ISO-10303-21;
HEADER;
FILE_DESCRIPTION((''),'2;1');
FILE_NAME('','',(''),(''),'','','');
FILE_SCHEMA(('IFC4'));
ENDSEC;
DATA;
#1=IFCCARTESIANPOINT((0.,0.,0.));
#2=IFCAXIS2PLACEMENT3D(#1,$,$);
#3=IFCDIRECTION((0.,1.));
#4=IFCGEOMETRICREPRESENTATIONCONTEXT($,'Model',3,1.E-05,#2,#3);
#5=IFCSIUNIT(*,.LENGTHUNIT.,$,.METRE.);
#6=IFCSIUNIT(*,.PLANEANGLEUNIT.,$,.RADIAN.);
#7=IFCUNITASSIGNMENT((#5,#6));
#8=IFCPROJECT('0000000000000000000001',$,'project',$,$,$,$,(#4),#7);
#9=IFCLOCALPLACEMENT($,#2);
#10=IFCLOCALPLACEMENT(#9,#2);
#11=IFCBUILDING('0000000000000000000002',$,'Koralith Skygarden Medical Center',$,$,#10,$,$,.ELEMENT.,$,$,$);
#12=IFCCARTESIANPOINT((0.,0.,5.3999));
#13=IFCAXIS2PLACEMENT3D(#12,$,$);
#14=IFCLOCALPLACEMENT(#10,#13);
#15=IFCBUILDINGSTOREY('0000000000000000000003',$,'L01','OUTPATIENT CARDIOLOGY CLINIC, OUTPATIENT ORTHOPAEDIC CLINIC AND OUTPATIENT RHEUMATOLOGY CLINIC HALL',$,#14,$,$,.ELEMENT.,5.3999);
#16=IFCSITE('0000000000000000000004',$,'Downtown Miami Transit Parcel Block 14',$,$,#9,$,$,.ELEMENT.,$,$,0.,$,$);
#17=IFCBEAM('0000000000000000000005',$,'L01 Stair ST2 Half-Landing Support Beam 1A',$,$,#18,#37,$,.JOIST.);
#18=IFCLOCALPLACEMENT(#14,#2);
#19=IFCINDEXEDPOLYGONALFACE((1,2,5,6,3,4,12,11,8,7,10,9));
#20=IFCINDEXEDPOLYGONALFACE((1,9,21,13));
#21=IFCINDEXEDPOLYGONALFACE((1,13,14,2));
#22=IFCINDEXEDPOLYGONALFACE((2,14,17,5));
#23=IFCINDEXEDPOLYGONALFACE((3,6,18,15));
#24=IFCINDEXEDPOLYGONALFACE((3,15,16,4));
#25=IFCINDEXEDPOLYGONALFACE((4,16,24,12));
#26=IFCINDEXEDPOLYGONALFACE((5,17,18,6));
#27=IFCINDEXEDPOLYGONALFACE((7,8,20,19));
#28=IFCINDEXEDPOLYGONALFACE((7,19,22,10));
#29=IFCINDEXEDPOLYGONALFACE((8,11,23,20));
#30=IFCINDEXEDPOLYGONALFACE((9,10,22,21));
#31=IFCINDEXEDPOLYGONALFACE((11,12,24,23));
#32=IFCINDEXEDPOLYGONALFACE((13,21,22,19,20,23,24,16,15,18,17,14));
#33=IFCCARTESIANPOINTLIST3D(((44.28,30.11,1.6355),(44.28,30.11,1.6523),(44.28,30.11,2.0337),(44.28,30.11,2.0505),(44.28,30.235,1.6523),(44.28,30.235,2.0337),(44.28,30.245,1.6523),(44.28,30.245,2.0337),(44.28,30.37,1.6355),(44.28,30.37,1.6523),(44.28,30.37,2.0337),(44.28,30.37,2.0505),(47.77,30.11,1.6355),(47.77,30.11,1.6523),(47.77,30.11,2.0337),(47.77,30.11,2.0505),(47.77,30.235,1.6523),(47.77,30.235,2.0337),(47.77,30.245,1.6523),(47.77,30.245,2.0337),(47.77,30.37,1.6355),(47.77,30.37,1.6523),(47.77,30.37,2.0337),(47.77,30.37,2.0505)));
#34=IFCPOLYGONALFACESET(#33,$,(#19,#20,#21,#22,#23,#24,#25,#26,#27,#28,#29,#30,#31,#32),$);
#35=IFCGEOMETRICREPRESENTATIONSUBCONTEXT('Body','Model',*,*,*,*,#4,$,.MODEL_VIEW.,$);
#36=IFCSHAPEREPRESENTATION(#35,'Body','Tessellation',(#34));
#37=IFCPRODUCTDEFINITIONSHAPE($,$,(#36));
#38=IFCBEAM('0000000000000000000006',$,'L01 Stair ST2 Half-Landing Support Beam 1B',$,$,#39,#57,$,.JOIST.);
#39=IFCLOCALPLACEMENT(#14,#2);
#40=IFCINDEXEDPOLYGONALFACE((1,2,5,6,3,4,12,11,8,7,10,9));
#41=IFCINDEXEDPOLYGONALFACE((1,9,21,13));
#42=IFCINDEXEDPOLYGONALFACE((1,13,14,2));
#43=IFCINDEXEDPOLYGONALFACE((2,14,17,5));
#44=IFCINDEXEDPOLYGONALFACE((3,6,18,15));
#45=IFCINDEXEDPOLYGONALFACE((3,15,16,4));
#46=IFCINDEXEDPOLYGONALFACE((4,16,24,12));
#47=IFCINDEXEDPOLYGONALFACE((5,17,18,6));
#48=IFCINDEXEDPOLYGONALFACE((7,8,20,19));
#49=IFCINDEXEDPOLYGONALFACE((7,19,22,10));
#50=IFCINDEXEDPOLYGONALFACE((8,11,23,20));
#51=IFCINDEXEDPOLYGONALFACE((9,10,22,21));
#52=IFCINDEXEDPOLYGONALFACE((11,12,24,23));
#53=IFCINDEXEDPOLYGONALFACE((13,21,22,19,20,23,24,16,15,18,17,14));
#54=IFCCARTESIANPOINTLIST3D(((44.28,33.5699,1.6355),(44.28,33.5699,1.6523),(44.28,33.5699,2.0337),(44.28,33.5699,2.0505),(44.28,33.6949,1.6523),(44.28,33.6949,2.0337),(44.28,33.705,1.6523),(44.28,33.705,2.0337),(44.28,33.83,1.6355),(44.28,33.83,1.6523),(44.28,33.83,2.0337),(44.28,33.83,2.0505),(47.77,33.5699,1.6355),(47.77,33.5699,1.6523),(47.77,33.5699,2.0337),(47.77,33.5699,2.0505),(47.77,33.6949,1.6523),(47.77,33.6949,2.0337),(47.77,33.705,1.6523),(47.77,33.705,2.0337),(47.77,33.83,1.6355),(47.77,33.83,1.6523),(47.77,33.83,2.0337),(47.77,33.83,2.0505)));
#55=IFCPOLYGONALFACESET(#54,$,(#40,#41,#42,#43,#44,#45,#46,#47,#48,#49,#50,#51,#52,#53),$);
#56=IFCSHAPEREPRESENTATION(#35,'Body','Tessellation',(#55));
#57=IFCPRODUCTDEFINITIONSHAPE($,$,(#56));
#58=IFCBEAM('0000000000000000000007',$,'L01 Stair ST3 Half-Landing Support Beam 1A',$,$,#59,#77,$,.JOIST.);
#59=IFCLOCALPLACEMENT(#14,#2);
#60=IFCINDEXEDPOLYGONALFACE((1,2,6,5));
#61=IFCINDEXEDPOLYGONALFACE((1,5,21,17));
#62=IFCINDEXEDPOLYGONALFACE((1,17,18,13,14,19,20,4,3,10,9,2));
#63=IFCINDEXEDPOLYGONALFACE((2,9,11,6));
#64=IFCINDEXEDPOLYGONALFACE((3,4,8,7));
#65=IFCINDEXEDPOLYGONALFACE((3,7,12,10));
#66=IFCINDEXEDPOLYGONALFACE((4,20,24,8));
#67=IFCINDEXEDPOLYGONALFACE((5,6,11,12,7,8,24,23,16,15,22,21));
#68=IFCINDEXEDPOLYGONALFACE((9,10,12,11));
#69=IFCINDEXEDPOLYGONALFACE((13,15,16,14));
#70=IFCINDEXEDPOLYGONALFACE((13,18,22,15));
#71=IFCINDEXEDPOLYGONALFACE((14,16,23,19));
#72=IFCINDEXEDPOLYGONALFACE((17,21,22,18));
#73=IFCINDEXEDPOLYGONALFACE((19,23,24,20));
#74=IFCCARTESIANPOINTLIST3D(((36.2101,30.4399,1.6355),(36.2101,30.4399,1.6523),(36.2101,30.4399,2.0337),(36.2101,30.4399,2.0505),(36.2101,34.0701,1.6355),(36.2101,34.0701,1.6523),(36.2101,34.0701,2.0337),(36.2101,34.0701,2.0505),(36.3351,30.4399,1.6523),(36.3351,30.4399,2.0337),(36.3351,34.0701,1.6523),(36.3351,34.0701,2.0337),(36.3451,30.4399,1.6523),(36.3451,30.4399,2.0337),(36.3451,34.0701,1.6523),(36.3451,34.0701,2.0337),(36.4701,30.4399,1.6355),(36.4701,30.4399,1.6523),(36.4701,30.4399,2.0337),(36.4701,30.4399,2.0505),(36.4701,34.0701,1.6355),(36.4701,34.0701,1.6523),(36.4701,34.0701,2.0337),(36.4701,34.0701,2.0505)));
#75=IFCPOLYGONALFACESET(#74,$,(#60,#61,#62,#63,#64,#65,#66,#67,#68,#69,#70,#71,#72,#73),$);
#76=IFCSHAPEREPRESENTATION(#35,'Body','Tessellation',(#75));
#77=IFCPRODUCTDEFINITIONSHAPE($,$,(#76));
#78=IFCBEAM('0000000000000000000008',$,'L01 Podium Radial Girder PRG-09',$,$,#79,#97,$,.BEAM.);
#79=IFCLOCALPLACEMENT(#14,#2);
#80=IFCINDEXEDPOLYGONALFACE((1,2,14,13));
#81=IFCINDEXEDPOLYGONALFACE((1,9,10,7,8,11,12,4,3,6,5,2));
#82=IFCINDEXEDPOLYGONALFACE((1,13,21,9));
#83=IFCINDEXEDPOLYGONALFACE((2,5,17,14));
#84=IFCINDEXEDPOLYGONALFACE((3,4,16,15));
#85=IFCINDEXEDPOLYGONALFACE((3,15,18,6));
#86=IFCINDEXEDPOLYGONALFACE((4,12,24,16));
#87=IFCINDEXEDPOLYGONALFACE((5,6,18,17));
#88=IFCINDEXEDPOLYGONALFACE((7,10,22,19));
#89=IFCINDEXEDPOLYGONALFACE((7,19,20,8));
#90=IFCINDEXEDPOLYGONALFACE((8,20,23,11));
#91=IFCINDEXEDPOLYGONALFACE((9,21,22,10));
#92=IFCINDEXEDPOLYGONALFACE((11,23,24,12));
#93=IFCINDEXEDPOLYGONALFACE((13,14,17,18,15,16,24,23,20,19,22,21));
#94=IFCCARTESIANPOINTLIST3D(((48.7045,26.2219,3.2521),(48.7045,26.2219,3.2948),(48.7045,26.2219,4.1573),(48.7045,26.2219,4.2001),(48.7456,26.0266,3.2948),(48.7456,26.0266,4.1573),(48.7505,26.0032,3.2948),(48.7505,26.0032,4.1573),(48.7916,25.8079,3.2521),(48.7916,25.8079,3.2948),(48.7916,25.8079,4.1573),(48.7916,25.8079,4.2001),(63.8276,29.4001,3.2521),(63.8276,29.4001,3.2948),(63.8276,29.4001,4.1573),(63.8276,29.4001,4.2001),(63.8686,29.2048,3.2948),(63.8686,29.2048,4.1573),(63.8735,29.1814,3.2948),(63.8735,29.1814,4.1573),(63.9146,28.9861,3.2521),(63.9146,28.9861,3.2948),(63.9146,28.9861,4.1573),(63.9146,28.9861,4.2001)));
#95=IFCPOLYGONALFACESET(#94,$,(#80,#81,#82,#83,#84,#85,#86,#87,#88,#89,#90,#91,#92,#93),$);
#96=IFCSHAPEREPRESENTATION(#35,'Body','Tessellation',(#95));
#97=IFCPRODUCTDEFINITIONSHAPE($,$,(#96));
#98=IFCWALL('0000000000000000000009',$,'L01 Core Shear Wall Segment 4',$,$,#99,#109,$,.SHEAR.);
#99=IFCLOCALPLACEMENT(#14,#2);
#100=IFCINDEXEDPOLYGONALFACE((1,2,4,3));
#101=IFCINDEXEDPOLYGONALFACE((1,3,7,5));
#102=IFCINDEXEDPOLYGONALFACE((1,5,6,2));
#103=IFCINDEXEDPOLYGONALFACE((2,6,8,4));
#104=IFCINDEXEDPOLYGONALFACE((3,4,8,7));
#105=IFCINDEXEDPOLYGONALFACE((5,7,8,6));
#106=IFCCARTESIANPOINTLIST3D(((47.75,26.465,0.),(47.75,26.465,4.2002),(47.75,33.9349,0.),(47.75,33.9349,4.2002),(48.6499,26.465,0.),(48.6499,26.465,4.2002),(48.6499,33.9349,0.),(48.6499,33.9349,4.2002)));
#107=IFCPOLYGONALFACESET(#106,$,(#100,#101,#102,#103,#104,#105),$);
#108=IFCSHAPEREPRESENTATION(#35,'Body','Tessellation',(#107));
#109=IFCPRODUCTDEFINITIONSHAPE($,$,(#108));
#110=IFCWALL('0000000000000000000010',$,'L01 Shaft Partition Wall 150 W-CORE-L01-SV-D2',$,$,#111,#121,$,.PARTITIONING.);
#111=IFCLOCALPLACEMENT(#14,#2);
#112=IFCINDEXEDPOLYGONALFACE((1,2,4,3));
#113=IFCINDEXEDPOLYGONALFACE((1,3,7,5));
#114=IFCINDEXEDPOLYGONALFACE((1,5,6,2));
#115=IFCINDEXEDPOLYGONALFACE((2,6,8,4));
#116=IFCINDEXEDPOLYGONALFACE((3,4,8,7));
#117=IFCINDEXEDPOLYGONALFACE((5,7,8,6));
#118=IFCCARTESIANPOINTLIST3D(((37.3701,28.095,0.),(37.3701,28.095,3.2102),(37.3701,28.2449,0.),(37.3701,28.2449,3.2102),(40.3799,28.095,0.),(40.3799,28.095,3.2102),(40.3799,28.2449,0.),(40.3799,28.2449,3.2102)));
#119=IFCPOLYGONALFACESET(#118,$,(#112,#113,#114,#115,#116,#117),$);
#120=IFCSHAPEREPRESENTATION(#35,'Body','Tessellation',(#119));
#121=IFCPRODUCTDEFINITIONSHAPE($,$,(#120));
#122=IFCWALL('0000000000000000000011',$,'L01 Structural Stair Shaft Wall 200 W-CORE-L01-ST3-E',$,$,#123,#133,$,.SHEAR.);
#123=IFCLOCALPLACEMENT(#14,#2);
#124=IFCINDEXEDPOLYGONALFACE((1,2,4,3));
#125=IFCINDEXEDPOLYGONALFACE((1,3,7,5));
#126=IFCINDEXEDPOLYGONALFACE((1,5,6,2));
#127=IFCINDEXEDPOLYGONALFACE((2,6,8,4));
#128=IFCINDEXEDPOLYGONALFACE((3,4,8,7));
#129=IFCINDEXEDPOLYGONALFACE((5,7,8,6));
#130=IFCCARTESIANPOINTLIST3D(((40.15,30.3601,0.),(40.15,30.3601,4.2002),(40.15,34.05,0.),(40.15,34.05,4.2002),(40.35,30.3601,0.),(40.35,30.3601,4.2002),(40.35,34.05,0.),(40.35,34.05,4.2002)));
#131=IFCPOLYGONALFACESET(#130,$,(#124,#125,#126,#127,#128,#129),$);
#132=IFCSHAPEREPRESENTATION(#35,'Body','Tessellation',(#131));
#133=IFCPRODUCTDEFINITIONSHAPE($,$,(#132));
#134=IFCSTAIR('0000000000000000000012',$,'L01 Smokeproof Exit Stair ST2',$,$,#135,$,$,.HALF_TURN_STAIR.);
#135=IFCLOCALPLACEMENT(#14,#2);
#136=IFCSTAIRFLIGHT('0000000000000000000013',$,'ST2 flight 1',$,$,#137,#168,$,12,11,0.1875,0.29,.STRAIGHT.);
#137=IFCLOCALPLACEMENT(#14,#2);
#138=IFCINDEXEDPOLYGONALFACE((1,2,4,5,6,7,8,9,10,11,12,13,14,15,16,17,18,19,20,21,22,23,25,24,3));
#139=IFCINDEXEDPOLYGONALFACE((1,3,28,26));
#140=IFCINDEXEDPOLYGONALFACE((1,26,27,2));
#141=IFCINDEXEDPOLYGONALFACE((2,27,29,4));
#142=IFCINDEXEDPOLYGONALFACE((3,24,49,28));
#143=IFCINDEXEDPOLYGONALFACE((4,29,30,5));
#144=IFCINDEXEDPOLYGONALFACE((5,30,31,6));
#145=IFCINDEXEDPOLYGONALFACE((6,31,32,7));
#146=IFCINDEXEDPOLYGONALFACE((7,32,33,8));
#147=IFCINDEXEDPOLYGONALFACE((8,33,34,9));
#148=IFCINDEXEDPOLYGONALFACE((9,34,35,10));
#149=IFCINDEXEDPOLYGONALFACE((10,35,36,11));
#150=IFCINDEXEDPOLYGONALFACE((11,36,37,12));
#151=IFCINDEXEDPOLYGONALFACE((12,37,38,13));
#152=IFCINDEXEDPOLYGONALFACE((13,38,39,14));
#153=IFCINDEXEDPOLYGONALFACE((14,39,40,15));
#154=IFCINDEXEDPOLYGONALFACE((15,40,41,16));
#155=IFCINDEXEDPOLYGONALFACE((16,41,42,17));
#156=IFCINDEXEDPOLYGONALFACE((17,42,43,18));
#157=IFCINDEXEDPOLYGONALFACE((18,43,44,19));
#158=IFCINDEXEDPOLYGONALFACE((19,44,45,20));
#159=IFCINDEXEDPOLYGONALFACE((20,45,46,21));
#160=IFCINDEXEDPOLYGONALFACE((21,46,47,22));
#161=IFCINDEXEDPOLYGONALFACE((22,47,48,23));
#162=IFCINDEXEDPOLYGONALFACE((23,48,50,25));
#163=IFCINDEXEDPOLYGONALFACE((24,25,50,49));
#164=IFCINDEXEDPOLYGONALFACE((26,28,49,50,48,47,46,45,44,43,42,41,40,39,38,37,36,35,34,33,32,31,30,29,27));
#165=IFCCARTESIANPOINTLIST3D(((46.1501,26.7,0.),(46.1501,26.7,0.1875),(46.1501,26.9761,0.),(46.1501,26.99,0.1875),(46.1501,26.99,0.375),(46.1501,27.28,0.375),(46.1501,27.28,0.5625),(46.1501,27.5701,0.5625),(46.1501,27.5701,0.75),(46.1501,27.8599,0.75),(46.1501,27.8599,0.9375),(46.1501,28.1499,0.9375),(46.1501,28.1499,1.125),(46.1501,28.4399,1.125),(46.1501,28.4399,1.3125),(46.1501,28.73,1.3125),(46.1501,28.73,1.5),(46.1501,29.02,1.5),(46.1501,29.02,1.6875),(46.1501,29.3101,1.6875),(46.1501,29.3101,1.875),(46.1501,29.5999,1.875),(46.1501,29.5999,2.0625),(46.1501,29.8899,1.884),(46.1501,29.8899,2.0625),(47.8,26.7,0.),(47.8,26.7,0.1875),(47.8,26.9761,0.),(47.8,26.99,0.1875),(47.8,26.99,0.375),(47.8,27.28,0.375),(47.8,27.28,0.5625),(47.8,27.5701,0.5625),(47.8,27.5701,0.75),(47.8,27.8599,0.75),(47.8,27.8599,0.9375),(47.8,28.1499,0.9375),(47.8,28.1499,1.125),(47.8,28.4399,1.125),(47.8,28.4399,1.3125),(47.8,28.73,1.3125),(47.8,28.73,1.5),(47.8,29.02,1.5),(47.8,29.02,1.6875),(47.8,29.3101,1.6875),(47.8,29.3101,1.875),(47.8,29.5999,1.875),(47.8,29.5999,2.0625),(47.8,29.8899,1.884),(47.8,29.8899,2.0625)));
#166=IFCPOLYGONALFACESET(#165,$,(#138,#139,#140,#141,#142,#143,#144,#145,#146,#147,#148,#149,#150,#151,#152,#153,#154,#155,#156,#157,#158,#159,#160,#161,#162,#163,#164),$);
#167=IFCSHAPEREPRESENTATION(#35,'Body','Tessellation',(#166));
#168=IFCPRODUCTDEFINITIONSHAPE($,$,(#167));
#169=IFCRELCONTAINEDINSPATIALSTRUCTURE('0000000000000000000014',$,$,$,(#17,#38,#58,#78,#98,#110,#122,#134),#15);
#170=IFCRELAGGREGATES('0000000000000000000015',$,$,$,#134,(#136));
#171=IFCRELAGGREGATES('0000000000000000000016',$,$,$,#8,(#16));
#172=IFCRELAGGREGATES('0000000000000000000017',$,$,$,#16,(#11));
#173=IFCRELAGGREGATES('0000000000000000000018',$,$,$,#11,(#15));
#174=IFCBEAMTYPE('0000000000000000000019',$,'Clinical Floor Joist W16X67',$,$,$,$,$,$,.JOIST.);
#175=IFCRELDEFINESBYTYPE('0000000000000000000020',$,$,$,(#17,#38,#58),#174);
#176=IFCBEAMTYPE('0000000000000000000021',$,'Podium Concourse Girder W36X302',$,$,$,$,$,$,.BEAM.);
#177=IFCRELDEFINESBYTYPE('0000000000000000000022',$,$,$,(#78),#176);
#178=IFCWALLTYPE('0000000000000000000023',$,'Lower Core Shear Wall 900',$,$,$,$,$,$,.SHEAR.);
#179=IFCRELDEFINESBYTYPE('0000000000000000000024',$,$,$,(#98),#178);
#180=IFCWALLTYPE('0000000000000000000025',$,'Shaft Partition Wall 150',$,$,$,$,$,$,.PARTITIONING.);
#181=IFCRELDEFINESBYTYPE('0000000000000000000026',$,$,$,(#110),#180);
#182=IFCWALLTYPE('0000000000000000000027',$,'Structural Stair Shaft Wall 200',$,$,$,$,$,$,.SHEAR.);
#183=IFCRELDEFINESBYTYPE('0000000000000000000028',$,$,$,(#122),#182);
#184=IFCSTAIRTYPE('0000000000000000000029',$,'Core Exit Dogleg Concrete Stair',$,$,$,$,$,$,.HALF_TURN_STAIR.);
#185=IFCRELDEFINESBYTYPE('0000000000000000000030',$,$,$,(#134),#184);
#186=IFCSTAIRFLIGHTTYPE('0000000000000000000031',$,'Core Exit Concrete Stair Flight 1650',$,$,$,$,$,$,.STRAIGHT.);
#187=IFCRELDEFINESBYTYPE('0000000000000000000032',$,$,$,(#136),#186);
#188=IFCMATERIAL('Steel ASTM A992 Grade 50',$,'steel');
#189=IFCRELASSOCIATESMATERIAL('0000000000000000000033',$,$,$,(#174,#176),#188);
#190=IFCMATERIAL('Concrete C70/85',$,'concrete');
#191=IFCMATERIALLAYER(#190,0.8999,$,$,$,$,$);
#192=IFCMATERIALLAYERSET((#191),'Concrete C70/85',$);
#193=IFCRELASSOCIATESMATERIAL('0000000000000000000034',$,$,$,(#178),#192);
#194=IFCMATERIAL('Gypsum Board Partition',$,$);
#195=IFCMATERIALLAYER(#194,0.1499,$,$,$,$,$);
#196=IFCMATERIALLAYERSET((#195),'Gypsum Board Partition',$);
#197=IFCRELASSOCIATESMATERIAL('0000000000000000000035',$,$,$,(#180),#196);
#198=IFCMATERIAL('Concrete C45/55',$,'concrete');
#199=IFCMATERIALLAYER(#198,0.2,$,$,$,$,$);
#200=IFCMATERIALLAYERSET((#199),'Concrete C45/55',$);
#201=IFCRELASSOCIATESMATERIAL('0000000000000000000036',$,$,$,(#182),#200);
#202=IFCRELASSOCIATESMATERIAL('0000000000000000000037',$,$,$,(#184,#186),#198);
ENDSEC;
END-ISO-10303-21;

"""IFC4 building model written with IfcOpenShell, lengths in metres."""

from ifc_helpers import new_model, si_unit, direction, frame, frame_2d, origin, origin_2d, place, context, subcontext, project, spatial, polyline, rectangle, i_section, outline, extrude, material, layer, layer_set, material_profile, profile_set, type_object, element, aggregate, save


model = new_model("IFC4")

# Units and contexts
model_context = context("Model", 3, precision=1e-05, world=origin(), true_north=direction((0.0, 1.0)))
body_context = subcontext(model_context, "Body", "Model", "MODEL_VIEW")
ifc_project = project(units=[si_unit("LENGTHUNIT", "METRE"), si_unit("PLANEANGLEUNIT", "RADIAN")], contexts=[model_context])

# Site, building, storey
site_placement = place(None, origin())
site = spatial("IfcSite", under=ifc_project, at=site_placement, Name="Downtown Miami Transit Parcel Block 14", CompositionType="ELEMENT", RefElevation=0.0)
building_placement = place(site_placement, origin())
building = spatial("IfcBuilding", under=site, at=building_placement, Name="Koralith Skygarden Medical Center", CompositionType="ELEMENT")
storey_placement = place(building_placement, frame((0.0, 0.0, 5.3999)))
storey = spatial("IfcBuildingStorey", under=building, at=storey_placement, Name="L01", Description="OUTPATIENT CARDIOLOGY CLINIC, OUTPATIENT ORTHOPAEDIC CLINIC AND OUTPATIENT RHEUMATOLOGY CLINIC HALL", CompositionType="ELEMENT", Elevation=5.3999)

# Beams
ifc_material_1 = material(Name="Steel ASTM A992 Grade 50", Category="steel")
ifc_material_profile_1 = material_profile(ifc_material_1, i_section(OverallWidth=0.26, OverallDepth=0.415, WebThickness=0.01, FlangeThickness=0.0168, at=origin_2d()), Name="W16X67")
ifc_profile_set_1 = profile_set([ifc_material_profile_1], Name="Steel ASTM A992 Grade 50")
beam_type_1 = type_object("IfcBeamType", Name="Clinical Floor Joist W16X67", PredefinedType="JOIST", material=ifc_profile_set_1)
for number, where, z_axis, x_axis, name in (
    (1, (44.28, 30.24, 1.843), (1.0, 0.0, 0.0), (0.0, 1.0, 0.0), "L01 Stair ST2 Half-Landing Support Beam 1A"),
    (2, (44.28, 33.7, 1.843), (1.0, 0.0, 0.0), (0.0, 1.0, 0.0), "L01 Stair ST2 Half-Landing Support Beam 1B"),
):
    element("IfcBeam", number, at=place(storey_placement, frame(where, z_axis=z_axis, x_axis=x_axis)), inside=storey, type_object=beam_type_1, Name=name, PredefinedType="JOIST", context=body_context, shape_type="SweptSolid", body=[
        extrude(i_section(OverallWidth=0.26, OverallDepth=0.415, WebThickness=0.01, FlangeThickness=0.0168, at=origin_2d()), origin(), (0.0, 0.0, 1.0), 3.49),
    ])
beam_1_placement = place(storey_placement, frame((36.3401, 30.4399, 1.843), z_axis=(0.0, 1.0, 0.0), x_axis=(-1.0, 0.0, 0.0)))
element("IfcBeam", 3, at=beam_1_placement, inside=storey, type_object=beam_type_1, Name="L01 Stair ST3 Half-Landing Support Beam 1A", PredefinedType="JOIST", context=body_context, shape_type="SweptSolid", body=[
    extrude(i_section(OverallWidth=0.26, OverallDepth=0.415, WebThickness=0.01, FlangeThickness=0.0168, at=origin_2d()), origin(), (0.0, 0.0, 1.0), 3.6301),
])
ifc_material_profile_2 = material_profile(ifc_material_1, i_section(OverallWidth=0.4231, OverallDepth=0.948, WebThickness=0.0239, FlangeThickness=0.0427, at=origin_2d()), Name="W36X302")
ifc_profile_set_2 = profile_set([ifc_material_profile_2], Name="Steel ASTM A992 Grade 50")
beam_type_2 = type_object("IfcBeamType", Name="Podium Concourse Girder W36X302", PredefinedType="BEAM", material=ifc_profile_set_2)
beam_2_placement = place(storey_placement, frame((48.748, 26.0149, 3.7261), z_axis=(0.978622, 0.205665, 0.0), x_axis=(-0.205665, 0.978622, 0.0)))
element("IfcBeam", 4, at=beam_2_placement, inside=storey, type_object=beam_type_2, Name="L01 Podium Radial Girder PRG-09", PredefinedType="BEAM", context=body_context, shape_type="SweptSolid", body=[
    extrude(i_section(OverallWidth=0.4231, OverallDepth=0.948, WebThickness=0.0239, FlangeThickness=0.0427, at=origin_2d()), origin(), (0.0, 0.0, 1.0), 15.4534),
])

# Walls
ifc_material_2 = material(Name="Concrete C70/85", Category="concrete")
ifc_layer_1 = layer(ifc_material_2, 0.8999)
ifc_layer_set_1 = layer_set([ifc_layer_1], Name="Concrete C70/85")
wall_type_1 = type_object("IfcWallType", Name="Lower Core Shear Wall 900", PredefinedType="SHEAR", material=ifc_layer_set_1)
wall_1_placement = place(storey_placement, frame((48.2, 26.4651, 0.0), z_axis=(0.0, 0.0, 1.0), x_axis=(0.0, 1.0, 0.0)))
element("IfcWall", 5, at=wall_1_placement, inside=storey, type_object=wall_type_1, Name="L01 Core Shear Wall Segment 4", PredefinedType="SHEAR", context=body_context, shape_type="SweptSolid", body=[
    extrude(rectangle(XDim=7.47, YDim=0.8999, at=frame_2d((3.7349, 0.0))), origin(), (0.0, 0.0, 1.0), 4.2002),
])
ifc_material_3 = material(Name="Gypsum Board Partition")
ifc_layer_2 = layer(ifc_material_3, 0.1499)
ifc_layer_set_2 = layer_set([ifc_layer_2], Name="Gypsum Board Partition")
wall_type_2 = type_object("IfcWallType", Name="Shaft Partition Wall 150", PredefinedType="PARTITIONING", material=ifc_layer_set_2)
wall_2_placement = place(storey_placement, frame((37.3701, 28.1699, 0.0), z_axis=(0.0, 0.0, 1.0), x_axis=(1.0, 0.0, 0.0)))
element("IfcWall", 6, at=wall_2_placement, inside=storey, type_object=wall_type_2, Name="L01 Shaft Partition Wall 150 W-CORE-L01-SV-D2", PredefinedType="PARTITIONING", context=body_context, shape_type="SweptSolid", body=[
    extrude(rectangle(XDim=3.0098, YDim=0.1499, at=frame_2d((1.5049, 0.0))), origin(), (0.0, 0.0, 1.0), 3.2102),
])
ifc_material_4 = material(Name="Concrete C45/55", Category="concrete")
ifc_layer_3 = layer(ifc_material_4, 0.2)
ifc_layer_set_3 = layer_set([ifc_layer_3], Name="Concrete C45/55")
wall_type_3 = type_object("IfcWallType", Name="Structural Stair Shaft Wall 200", PredefinedType="SHEAR", material=ifc_layer_set_3)
wall_3_placement = place(storey_placement, frame((40.25, 30.3601, 0.0), z_axis=(0.0, 0.0, 1.0), x_axis=(0.0, 1.0, 0.0)))
element("IfcWall", 7, at=wall_3_placement, inside=storey, type_object=wall_type_3, Name="L01 Structural Stair Shaft Wall 200 W-CORE-L01-ST3-E", PredefinedType="SHEAR", context=body_context, shape_type="SweptSolid", body=[
    extrude(rectangle(XDim=3.6899, YDim=0.2, at=frame_2d((1.845, 0.0))), origin(), (0.0, 0.0, 1.0), 4.2002),
])

# Stair, stair flight
stair_type = type_object("IfcStairType", Name="Core Exit Dogleg Concrete Stair", PredefinedType="HALF_TURN_STAIR", material=ifc_material_4)
stair_placement = place(storey_placement, origin())
stair = element("IfcStair", 8, at=stair_placement, inside=storey, type_object=stair_type, Name="L01 Smokeproof Exit Stair ST2", PredefinedType="HALF_TURN_STAIR")
stair_flight_type = type_object("IfcStairFlightType", Name="Core Exit Concrete Stair Flight 1650", PredefinedType="STRAIGHT", material=ifc_material_4)
stair_flight_1_placement = place(storey_placement, frame((46.9751, 26.7, 0.0), z_axis=(0.0, 0.0, 1.0), x_axis=(0.0, 1.0, 0.0)))
stair_flight_1 = element("IfcStairFlight", 9, at=stair_flight_1_placement, type_object=stair_flight_type, Name="ST2 flight 1", NumberOfRisers=12, NumberOfTreads=11, PredefinedType="STRAIGHT", RiserHeight=0.1875, TreadLength=0.29, context=body_context, shape_type="SweptSolid", body=[
    extrude(outline(polyline([(0.0, 0.0), (0.0, 0.1875), (0.29, 0.1875), (0.29, 0.375), (0.5801, 0.375), (0.5801, 0.5625), (0.8701, 0.5625), (0.8701, 0.75), (1.1599, 0.75), (1.1599, 0.9375), (1.45, 0.9375), (1.45, 1.125), (1.74, 1.125), (1.74, 1.3125), (2.03, 1.3125), (2.03, 1.5), (2.3201, 1.5), (2.3201, 1.6875), (2.6101, 1.6875), (2.6101, 1.875), (2.8999, 1.875), (2.8999, 2.0625), (3.1899, 2.0625), (3.1899, 2.25), (3.1899, 1.884), (0.2761, 0.0), (0.0, 0.0)])), frame((0.0, 0.825, 0.0), z_axis=(0.0, -1.0, 0.0), x_axis=(1.0, 0.0, 0.0)), (0.0, 0.0, 1.0), 1.6499),
])
aggregate(stair, [stair_flight_1])

save(model, "model.ifc")
